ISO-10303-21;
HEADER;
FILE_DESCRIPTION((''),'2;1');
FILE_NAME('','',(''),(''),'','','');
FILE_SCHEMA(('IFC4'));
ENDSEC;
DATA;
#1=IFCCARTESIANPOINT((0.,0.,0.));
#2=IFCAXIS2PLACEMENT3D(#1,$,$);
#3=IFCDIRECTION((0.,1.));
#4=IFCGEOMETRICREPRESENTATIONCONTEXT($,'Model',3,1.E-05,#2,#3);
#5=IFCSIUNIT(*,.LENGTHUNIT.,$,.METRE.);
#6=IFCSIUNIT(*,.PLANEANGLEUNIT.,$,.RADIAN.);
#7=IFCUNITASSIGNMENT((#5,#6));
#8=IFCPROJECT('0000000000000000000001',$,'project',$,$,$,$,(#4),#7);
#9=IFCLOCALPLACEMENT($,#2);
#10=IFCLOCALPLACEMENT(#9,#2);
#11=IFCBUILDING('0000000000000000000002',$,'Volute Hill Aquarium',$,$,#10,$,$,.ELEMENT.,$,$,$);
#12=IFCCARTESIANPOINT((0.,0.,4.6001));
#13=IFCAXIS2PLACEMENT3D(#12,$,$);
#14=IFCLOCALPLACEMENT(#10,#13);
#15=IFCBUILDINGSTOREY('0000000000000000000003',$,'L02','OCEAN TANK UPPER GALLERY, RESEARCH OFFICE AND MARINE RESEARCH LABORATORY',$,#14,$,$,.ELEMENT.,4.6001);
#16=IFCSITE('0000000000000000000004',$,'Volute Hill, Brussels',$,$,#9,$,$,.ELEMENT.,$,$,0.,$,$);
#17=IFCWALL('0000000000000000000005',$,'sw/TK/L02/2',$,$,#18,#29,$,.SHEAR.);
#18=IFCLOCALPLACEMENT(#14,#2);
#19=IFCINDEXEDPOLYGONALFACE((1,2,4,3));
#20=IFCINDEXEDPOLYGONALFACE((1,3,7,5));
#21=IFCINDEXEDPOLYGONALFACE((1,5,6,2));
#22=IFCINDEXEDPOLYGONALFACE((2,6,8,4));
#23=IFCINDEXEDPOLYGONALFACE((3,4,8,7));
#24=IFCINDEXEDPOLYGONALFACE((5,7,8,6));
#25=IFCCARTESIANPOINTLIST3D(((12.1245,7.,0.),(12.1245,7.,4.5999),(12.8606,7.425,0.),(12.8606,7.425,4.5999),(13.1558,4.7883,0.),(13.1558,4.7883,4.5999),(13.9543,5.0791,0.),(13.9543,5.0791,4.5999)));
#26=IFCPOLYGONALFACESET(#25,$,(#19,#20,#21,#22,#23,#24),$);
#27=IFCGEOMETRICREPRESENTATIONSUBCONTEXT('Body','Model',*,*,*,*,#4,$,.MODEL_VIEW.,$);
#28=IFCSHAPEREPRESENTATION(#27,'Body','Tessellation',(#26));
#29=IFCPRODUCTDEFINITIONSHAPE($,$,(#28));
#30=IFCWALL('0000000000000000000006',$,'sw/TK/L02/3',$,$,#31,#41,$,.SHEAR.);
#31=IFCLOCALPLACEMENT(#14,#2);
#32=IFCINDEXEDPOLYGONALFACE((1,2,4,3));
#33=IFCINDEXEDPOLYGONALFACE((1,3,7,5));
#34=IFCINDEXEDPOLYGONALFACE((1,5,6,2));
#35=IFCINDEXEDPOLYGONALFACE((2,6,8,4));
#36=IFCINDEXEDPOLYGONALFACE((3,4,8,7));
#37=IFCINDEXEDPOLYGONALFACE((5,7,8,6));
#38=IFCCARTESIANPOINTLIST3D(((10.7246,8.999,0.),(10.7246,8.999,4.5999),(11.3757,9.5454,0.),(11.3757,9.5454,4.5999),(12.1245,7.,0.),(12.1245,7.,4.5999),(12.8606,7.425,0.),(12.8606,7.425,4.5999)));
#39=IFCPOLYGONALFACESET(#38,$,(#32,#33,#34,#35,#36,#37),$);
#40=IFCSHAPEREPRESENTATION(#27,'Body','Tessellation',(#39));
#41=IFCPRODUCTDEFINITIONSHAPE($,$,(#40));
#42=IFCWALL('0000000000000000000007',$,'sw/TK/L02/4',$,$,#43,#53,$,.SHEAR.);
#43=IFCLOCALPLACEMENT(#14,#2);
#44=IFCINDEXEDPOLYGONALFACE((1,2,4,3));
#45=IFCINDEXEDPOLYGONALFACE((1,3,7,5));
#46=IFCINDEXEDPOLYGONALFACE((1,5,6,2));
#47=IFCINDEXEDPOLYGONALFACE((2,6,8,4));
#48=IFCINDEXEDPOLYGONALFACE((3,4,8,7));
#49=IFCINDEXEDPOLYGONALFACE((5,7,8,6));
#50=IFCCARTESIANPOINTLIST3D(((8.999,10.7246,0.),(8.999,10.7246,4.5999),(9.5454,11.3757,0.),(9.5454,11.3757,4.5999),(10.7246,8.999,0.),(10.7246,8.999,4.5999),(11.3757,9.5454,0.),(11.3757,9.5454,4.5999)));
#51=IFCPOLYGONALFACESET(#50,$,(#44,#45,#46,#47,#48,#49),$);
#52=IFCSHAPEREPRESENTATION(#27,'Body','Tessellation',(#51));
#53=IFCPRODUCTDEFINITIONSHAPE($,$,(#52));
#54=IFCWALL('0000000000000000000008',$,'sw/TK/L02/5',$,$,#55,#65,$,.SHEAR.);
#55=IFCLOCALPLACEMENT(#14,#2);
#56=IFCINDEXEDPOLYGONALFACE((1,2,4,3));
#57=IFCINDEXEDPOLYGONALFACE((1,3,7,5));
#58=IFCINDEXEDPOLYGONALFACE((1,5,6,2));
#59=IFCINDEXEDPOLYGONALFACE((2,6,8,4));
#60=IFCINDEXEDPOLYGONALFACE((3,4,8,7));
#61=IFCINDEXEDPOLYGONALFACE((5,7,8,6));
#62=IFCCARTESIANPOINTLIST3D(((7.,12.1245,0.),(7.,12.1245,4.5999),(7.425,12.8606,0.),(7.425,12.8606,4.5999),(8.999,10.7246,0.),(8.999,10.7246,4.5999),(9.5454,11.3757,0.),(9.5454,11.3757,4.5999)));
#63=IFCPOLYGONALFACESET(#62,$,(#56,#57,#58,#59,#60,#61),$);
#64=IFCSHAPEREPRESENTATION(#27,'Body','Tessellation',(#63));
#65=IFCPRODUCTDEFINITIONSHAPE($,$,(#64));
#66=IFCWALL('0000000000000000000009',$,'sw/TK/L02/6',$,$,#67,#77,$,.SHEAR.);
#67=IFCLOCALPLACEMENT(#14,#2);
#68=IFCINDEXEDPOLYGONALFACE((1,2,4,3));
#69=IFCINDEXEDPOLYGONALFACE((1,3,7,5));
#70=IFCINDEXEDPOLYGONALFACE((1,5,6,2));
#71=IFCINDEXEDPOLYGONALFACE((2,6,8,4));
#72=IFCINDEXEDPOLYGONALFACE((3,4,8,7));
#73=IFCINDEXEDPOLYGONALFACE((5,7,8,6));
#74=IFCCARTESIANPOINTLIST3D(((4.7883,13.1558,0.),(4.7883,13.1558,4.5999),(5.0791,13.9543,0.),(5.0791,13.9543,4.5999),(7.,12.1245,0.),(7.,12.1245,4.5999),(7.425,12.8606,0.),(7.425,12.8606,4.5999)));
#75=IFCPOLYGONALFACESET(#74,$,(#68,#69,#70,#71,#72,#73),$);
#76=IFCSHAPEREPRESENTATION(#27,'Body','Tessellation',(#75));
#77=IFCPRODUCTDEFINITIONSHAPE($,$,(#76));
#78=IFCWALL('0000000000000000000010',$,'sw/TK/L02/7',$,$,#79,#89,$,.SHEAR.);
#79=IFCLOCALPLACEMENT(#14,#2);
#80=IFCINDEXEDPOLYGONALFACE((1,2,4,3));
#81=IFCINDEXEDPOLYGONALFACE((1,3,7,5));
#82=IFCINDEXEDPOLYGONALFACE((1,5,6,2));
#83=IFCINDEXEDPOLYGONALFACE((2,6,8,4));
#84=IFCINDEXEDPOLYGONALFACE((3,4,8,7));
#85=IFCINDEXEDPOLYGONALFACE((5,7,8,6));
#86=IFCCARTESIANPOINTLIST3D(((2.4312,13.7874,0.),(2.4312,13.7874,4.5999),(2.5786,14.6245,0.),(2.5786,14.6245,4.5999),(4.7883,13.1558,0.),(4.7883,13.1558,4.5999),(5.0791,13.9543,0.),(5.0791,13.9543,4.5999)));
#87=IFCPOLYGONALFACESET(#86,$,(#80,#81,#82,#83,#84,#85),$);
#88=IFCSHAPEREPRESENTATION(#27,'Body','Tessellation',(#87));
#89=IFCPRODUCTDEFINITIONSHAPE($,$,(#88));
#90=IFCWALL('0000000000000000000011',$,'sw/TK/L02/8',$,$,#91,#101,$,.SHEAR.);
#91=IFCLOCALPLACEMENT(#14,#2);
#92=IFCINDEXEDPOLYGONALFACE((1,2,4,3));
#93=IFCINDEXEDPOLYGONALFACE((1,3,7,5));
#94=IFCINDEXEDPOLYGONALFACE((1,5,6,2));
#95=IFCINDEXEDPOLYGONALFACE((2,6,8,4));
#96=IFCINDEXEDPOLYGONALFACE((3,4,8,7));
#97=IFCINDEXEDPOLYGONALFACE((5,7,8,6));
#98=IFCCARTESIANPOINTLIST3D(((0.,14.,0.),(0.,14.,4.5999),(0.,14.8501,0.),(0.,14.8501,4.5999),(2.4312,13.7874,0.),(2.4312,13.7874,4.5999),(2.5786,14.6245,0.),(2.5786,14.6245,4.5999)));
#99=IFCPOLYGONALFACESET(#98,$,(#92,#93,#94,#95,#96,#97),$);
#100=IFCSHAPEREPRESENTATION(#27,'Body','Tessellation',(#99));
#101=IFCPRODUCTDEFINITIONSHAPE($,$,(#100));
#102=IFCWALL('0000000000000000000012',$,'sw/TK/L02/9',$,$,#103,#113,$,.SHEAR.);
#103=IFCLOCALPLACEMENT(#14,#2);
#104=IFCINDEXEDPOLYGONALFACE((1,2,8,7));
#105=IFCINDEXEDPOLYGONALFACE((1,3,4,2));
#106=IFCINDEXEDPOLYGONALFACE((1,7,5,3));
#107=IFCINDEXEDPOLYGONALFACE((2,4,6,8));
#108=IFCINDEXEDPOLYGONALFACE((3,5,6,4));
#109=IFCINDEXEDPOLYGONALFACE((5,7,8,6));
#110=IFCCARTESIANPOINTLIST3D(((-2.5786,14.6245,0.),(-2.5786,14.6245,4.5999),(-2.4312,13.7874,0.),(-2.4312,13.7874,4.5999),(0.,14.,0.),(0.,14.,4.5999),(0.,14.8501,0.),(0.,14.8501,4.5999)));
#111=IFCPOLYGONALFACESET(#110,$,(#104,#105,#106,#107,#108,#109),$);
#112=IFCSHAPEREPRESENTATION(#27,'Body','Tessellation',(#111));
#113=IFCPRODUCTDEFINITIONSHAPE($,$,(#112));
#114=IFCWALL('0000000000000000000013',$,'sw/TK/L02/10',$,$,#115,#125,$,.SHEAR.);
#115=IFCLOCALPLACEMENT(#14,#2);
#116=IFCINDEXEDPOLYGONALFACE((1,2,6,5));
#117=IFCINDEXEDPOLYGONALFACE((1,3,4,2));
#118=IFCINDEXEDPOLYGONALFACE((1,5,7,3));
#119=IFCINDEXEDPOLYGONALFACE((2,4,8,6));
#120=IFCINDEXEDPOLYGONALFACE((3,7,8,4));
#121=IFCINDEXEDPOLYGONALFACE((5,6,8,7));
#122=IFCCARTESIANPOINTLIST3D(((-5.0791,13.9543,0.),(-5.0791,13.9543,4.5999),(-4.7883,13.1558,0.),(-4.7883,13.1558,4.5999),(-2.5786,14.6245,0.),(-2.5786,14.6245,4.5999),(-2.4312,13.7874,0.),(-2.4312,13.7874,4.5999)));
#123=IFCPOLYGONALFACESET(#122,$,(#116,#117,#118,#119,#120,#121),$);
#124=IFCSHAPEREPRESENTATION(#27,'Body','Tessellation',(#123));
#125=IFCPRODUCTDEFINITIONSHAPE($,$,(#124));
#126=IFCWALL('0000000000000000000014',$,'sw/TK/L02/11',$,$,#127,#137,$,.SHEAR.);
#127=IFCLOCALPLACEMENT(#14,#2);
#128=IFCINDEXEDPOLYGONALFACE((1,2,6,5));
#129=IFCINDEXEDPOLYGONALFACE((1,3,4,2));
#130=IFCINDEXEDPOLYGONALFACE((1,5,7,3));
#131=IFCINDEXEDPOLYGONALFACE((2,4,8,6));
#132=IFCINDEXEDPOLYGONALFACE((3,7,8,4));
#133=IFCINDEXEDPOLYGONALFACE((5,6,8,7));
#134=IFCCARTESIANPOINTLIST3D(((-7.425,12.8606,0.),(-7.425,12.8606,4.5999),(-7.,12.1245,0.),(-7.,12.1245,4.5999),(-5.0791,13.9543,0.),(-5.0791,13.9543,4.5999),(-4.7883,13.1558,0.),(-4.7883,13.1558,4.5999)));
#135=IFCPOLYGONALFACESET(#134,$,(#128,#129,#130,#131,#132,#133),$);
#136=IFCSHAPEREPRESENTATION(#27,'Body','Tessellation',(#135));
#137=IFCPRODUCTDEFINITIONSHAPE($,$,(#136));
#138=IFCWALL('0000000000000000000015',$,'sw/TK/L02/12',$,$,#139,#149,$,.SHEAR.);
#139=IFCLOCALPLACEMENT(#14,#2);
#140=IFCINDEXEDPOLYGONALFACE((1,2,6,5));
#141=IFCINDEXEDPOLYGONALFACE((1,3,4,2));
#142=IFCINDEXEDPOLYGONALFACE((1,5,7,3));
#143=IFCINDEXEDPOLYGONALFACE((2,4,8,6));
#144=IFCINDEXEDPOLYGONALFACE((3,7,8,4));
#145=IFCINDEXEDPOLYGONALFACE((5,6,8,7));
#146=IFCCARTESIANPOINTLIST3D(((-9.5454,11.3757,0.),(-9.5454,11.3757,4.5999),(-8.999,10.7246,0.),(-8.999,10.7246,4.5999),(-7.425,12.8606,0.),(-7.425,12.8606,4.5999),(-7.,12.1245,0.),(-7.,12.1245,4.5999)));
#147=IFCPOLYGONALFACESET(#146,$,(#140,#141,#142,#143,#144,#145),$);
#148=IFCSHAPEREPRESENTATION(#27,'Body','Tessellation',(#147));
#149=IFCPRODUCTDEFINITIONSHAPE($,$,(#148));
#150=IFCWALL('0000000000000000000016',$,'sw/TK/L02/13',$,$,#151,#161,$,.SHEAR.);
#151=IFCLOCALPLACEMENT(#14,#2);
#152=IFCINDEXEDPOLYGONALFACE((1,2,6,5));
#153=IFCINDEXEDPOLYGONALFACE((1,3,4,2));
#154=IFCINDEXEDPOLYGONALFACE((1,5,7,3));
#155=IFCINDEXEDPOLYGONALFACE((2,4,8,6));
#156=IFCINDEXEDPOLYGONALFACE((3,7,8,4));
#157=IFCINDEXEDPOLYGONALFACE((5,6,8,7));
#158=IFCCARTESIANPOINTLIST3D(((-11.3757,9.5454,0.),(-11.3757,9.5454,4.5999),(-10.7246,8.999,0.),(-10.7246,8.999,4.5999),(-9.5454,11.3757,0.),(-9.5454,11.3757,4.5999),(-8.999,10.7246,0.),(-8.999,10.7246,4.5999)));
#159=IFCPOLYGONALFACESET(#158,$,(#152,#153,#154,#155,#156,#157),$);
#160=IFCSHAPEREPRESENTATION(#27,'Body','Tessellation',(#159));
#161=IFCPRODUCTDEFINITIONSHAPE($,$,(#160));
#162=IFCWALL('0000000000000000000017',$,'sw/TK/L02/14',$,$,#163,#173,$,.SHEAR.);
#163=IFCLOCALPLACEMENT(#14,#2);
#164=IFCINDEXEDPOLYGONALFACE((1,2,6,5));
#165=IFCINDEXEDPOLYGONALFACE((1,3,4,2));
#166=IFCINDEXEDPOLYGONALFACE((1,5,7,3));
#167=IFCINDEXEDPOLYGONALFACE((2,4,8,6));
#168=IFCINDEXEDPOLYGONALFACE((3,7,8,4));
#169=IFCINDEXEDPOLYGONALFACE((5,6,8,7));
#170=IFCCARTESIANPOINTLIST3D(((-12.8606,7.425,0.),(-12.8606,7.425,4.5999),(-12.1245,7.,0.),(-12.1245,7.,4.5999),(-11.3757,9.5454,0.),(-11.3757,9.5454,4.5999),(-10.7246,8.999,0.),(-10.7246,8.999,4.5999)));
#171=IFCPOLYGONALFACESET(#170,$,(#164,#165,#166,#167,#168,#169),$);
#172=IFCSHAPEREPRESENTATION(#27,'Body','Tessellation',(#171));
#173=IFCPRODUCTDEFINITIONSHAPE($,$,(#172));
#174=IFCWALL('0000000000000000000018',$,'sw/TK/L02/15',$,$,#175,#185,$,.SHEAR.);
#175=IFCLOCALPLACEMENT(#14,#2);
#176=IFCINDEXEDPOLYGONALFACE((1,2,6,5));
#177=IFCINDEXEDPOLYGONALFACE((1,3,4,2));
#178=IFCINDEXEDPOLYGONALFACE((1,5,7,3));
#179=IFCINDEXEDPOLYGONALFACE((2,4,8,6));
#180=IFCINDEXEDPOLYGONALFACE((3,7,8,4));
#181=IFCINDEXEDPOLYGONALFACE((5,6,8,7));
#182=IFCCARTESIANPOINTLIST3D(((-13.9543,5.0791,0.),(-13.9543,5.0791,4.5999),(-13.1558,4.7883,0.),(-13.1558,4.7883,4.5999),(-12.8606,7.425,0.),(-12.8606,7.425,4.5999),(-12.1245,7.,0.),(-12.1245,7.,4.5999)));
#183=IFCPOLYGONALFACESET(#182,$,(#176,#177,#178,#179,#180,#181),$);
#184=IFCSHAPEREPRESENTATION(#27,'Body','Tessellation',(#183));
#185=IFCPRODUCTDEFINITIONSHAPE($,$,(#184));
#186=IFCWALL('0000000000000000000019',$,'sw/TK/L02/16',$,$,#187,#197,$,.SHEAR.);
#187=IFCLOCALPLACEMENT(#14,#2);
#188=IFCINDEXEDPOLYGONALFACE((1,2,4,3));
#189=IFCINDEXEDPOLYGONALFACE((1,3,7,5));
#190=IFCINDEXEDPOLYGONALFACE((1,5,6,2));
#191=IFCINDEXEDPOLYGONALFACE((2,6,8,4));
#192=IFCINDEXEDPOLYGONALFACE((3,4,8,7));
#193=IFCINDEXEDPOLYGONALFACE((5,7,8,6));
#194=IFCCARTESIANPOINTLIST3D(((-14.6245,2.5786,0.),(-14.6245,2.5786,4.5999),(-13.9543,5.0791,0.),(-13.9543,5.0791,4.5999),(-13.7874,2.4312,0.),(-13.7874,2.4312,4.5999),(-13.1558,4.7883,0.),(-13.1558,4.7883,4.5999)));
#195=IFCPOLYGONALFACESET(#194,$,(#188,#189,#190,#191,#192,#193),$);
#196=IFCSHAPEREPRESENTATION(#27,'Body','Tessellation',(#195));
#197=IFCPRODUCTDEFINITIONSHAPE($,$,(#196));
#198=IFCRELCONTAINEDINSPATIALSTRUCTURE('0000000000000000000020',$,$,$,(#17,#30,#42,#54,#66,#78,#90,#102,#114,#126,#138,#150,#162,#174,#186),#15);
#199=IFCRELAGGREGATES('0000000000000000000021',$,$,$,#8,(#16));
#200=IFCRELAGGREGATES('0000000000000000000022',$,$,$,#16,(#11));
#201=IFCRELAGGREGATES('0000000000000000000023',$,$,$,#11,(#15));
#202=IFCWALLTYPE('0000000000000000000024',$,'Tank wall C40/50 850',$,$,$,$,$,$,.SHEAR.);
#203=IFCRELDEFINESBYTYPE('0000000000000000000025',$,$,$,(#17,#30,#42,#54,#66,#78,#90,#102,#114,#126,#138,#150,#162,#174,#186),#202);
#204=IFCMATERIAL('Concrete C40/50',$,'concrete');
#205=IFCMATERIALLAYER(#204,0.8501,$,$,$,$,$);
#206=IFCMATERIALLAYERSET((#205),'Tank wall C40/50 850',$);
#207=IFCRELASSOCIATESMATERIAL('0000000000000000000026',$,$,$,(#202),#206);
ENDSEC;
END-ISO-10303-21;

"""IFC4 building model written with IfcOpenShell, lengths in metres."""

from ifc_helpers import new_model, si_unit, direction, frame, origin, place, context, subcontext, project, spatial, polyline, outline, extrude, material, layer, layer_set, type_object, element, save


model = new_model("IFC4")

# Units and contexts
model_context = context("Model", 3, precision=1e-05, world=origin(), true_north=direction((0.0, 1.0)))
body_context = subcontext(model_context, "Body", "Model", "MODEL_VIEW")
ifc_project = project(units=[si_unit("LENGTHUNIT", "METRE"), si_unit("PLANEANGLEUNIT", "RADIAN")], contexts=[model_context])

# Site, building, storey
site_placement = place(None, origin())
site = spatial("IfcSite", under=ifc_project, at=site_placement, Name="Volute Hill, Brussels", CompositionType="ELEMENT", RefElevation=0.0)
building_placement = place(site_placement, origin())
building = spatial("IfcBuilding", under=site, at=building_placement, Name="Volute Hill Aquarium", CompositionType="ELEMENT")
storey_placement = place(building_placement, frame((0.0, 0.0, 4.6001)))
storey = spatial("IfcBuildingStorey", under=building, at=storey_placement, Name="L02", Description="OCEAN TANK UPPER GALLERY, RESEARCH OFFICE AND MARINE RESEARCH LABORATORY", CompositionType="ELEMENT", Elevation=4.6001)

# Walls
ifc_material_1 = material(Name="Concrete C40/50", Category="concrete")
ifc_layer_1 = layer(ifc_material_1, 0.8501)
ifc_layer_set_1 = layer_set([ifc_layer_1], Name="Tank wall C40/50 850")
wall_type = type_object("IfcWallType", Name="Tank wall C40/50 850", PredefinedType="SHEAR", material=ifc_layer_set_1)
wall_1_placement = place(storey_placement, origin())
element("IfcWall", 1, at=wall_1_placement, inside=storey, type_object=wall_type, Name="sw/TK/L02/2", PredefinedType="SHEAR", context=body_context, shape_type="SweptSolid", body=[
    extrude(outline(polyline([(13.1558, 4.7883), (13.9543, 5.0791), (12.8606, 7.425), (12.1245, 7.0), (13.1558, 4.7883)])), origin(), (0.0, 0.0, 1.0), 4.5999),
])
wall_2_placement = place(storey_placement, origin())
element("IfcWall", 2, at=wall_2_placement, inside=storey, type_object=wall_type, Name="sw/TK/L02/3", PredefinedType="SHEAR", context=body_context, shape_type="SweptSolid", body=[
    extrude(outline(polyline([(12.1245, 7.0), (12.8606, 7.425), (11.3757, 9.5454), (10.7246, 8.999), (12.1245, 7.0)])), origin(), (0.0, 0.0, 1.0), 4.5999),
])
wall_3_placement = place(storey_placement, origin())
element("IfcWall", 3, at=wall_3_placement, inside=storey, type_object=wall_type, Name="sw/TK/L02/4", PredefinedType="SHEAR", context=body_context, shape_type="SweptSolid", body=[
    extrude(outline(polyline([(10.7246, 8.999), (11.3757, 9.5454), (9.5454, 11.3757), (8.999, 10.7246), (10.7246, 8.999)])), origin(), (0.0, 0.0, 1.0), 4.5999),
])
wall_4_placement = place(storey_placement, origin())
element("IfcWall", 4, at=wall_4_placement, inside=storey, type_object=wall_type, Name="sw/TK/L02/5", PredefinedType="SHEAR", context=body_context, shape_type="SweptSolid", body=[
    extrude(outline(polyline([(8.999, 10.7246), (9.5454, 11.3757), (7.425, 12.8606), (7.0, 12.1245), (8.999, 10.7246)])), origin(), (0.0, 0.0, 1.0), 4.5999),
])
wall_5_placement = place(storey_placement, origin())
element("IfcWall", 5, at=wall_5_placement, inside=storey, type_object=wall_type, Name="sw/TK/L02/6", PredefinedType="SHEAR", context=body_context, shape_type="SweptSolid", body=[
    extrude(outline(polyline([(7.0, 12.1245), (7.425, 12.8606), (5.0791, 13.9543), (4.7883, 13.1558), (7.0, 12.1245)])), origin(), (0.0, 0.0, 1.0), 4.5999),
])
wall_6_placement = place(storey_placement, origin())
element("IfcWall", 6, at=wall_6_placement, inside=storey, type_object=wall_type, Name="sw/TK/L02/7", PredefinedType="SHEAR", context=body_context, shape_type="SweptSolid", body=[
    extrude(outline(polyline([(4.7883, 13.1558), (5.0791, 13.9543), (2.5786, 14.6245), (2.4312, 13.7874), (4.7883, 13.1558)])), origin(), (0.0, 0.0, 1.0), 4.5999),
])
wall_7_placement = place(storey_placement, origin())
element("IfcWall", 7, at=wall_7_placement, inside=storey, type_object=wall_type, Name="sw/TK/L02/8", PredefinedType="SHEAR", context=body_context, shape_type="SweptSolid", body=[
    extrude(outline(polyline([(2.4312, 13.7874), (2.5786, 14.6245), (0.0, 14.8501), (0.0, 14.0), (2.4312, 13.7874)])), origin(), (0.0, 0.0, 1.0), 4.5999),
])
wall_8_placement = place(storey_placement, origin())
element("IfcWall", 8, at=wall_8_placement, inside=storey, type_object=wall_type, Name="sw/TK/L02/9", PredefinedType="SHEAR", context=body_context, shape_type="SweptSolid", body=[
    extrude(outline(polyline([(0.0, 14.0), (0.0, 14.8501), (-2.5786, 14.6245), (-2.4312, 13.7874), (0.0, 14.0)])), origin(), (0.0, 0.0, 1.0), 4.5999),
])
wall_9_placement = place(storey_placement, origin())
element("IfcWall", 9, at=wall_9_placement, inside=storey, type_object=wall_type, Name="sw/TK/L02/10", PredefinedType="SHEAR", context=body_context, shape_type="SweptSolid", body=[
    extrude(outline(polyline([(-2.4312, 13.7874), (-2.5786, 14.6245), (-5.0791, 13.9543), (-4.7883, 13.1558), (-2.4312, 13.7874)])), origin(), (0.0, 0.0, 1.0), 4.5999),
])
wall_10_placement = place(storey_placement, origin())
element("IfcWall", 10, at=wall_10_placement, inside=storey, type_object=wall_type, Name="sw/TK/L02/11", PredefinedType="SHEAR", context=body_context, shape_type="SweptSolid", body=[
    extrude(outline(polyline([(-4.7883, 13.1558), (-5.0791, 13.9543), (-7.425, 12.8606), (-7.0, 12.1245), (-4.7883, 13.1558)])), origin(), (0.0, 0.0, 1.0), 4.5999),
])
wall_11_placement = place(storey_placement, origin())
element("IfcWall", 11, at=wall_11_placement, inside=storey, type_object=wall_type, Name="sw/TK/L02/12", PredefinedType="SHEAR", context=body_context, shape_type="SweptSolid", body=[
    extrude(outline(polyline([(-7.0, 12.1245), (-7.425, 12.8606), (-9.5454, 11.3757), (-8.999, 10.7246), (-7.0, 12.1245)])), origin(), (0.0, 0.0, 1.0), 4.5999),
])
wall_12_placement = place(storey_placement, origin())
element("IfcWall", 12, at=wall_12_placement, inside=storey, type_object=wall_type, Name="sw/TK/L02/13", PredefinedType="SHEAR", context=body_context, shape_type="SweptSolid", body=[
    extrude(outline(polyline([(-8.999, 10.7246), (-9.5454, 11.3757), (-11.3757, 9.5454), (-10.7246, 8.999), (-8.999, 10.7246)])), origin(), (0.0, 0.0, 1.0), 4.5999),
])
wall_13_placement = place(storey_placement, origin())
element("IfcWall", 13, at=wall_13_placement, inside=storey, type_object=wall_type, Name="sw/TK/L02/14", PredefinedType="SHEAR", context=body_context, shape_type="SweptSolid", body=[
    extrude(outline(polyline([(-10.7246, 8.999), (-11.3757, 9.5454), (-12.8606, 7.425), (-12.1245, 7.0), (-10.7246, 8.999)])), origin(), (0.0, 0.0, 1.0), 4.5999),
])
wall_14_placement = place(storey_placement, origin())
element("IfcWall", 14, at=wall_14_placement, inside=storey, type_object=wall_type, Name="sw/TK/L02/15", PredefinedType="SHEAR", context=body_context, shape_type="SweptSolid", body=[
    extrude(outline(polyline([(-12.1245, 7.0), (-12.8606, 7.425), (-13.9543, 5.0791), (-13.1558, 4.7883), (-12.1245, 7.0)])), origin(), (0.0, 0.0, 1.0), 4.5999),
])
wall_15_placement = place(storey_placement, origin())
element("IfcWall", 15, at=wall_15_placement, inside=storey, type_object=wall_type, Name="sw/TK/L02/16", PredefinedType="SHEAR", context=body_context, shape_type="SweptSolid", body=[
    extrude(outline(polyline([(-13.1558, 4.7883), (-13.9543, 5.0791), (-14.6245, 2.5786), (-13.7874, 2.4312), (-13.1558, 4.7883)])), origin(), (0.0, 0.0, 1.0), 4.5999),
])

save(model, "model.ifc")
